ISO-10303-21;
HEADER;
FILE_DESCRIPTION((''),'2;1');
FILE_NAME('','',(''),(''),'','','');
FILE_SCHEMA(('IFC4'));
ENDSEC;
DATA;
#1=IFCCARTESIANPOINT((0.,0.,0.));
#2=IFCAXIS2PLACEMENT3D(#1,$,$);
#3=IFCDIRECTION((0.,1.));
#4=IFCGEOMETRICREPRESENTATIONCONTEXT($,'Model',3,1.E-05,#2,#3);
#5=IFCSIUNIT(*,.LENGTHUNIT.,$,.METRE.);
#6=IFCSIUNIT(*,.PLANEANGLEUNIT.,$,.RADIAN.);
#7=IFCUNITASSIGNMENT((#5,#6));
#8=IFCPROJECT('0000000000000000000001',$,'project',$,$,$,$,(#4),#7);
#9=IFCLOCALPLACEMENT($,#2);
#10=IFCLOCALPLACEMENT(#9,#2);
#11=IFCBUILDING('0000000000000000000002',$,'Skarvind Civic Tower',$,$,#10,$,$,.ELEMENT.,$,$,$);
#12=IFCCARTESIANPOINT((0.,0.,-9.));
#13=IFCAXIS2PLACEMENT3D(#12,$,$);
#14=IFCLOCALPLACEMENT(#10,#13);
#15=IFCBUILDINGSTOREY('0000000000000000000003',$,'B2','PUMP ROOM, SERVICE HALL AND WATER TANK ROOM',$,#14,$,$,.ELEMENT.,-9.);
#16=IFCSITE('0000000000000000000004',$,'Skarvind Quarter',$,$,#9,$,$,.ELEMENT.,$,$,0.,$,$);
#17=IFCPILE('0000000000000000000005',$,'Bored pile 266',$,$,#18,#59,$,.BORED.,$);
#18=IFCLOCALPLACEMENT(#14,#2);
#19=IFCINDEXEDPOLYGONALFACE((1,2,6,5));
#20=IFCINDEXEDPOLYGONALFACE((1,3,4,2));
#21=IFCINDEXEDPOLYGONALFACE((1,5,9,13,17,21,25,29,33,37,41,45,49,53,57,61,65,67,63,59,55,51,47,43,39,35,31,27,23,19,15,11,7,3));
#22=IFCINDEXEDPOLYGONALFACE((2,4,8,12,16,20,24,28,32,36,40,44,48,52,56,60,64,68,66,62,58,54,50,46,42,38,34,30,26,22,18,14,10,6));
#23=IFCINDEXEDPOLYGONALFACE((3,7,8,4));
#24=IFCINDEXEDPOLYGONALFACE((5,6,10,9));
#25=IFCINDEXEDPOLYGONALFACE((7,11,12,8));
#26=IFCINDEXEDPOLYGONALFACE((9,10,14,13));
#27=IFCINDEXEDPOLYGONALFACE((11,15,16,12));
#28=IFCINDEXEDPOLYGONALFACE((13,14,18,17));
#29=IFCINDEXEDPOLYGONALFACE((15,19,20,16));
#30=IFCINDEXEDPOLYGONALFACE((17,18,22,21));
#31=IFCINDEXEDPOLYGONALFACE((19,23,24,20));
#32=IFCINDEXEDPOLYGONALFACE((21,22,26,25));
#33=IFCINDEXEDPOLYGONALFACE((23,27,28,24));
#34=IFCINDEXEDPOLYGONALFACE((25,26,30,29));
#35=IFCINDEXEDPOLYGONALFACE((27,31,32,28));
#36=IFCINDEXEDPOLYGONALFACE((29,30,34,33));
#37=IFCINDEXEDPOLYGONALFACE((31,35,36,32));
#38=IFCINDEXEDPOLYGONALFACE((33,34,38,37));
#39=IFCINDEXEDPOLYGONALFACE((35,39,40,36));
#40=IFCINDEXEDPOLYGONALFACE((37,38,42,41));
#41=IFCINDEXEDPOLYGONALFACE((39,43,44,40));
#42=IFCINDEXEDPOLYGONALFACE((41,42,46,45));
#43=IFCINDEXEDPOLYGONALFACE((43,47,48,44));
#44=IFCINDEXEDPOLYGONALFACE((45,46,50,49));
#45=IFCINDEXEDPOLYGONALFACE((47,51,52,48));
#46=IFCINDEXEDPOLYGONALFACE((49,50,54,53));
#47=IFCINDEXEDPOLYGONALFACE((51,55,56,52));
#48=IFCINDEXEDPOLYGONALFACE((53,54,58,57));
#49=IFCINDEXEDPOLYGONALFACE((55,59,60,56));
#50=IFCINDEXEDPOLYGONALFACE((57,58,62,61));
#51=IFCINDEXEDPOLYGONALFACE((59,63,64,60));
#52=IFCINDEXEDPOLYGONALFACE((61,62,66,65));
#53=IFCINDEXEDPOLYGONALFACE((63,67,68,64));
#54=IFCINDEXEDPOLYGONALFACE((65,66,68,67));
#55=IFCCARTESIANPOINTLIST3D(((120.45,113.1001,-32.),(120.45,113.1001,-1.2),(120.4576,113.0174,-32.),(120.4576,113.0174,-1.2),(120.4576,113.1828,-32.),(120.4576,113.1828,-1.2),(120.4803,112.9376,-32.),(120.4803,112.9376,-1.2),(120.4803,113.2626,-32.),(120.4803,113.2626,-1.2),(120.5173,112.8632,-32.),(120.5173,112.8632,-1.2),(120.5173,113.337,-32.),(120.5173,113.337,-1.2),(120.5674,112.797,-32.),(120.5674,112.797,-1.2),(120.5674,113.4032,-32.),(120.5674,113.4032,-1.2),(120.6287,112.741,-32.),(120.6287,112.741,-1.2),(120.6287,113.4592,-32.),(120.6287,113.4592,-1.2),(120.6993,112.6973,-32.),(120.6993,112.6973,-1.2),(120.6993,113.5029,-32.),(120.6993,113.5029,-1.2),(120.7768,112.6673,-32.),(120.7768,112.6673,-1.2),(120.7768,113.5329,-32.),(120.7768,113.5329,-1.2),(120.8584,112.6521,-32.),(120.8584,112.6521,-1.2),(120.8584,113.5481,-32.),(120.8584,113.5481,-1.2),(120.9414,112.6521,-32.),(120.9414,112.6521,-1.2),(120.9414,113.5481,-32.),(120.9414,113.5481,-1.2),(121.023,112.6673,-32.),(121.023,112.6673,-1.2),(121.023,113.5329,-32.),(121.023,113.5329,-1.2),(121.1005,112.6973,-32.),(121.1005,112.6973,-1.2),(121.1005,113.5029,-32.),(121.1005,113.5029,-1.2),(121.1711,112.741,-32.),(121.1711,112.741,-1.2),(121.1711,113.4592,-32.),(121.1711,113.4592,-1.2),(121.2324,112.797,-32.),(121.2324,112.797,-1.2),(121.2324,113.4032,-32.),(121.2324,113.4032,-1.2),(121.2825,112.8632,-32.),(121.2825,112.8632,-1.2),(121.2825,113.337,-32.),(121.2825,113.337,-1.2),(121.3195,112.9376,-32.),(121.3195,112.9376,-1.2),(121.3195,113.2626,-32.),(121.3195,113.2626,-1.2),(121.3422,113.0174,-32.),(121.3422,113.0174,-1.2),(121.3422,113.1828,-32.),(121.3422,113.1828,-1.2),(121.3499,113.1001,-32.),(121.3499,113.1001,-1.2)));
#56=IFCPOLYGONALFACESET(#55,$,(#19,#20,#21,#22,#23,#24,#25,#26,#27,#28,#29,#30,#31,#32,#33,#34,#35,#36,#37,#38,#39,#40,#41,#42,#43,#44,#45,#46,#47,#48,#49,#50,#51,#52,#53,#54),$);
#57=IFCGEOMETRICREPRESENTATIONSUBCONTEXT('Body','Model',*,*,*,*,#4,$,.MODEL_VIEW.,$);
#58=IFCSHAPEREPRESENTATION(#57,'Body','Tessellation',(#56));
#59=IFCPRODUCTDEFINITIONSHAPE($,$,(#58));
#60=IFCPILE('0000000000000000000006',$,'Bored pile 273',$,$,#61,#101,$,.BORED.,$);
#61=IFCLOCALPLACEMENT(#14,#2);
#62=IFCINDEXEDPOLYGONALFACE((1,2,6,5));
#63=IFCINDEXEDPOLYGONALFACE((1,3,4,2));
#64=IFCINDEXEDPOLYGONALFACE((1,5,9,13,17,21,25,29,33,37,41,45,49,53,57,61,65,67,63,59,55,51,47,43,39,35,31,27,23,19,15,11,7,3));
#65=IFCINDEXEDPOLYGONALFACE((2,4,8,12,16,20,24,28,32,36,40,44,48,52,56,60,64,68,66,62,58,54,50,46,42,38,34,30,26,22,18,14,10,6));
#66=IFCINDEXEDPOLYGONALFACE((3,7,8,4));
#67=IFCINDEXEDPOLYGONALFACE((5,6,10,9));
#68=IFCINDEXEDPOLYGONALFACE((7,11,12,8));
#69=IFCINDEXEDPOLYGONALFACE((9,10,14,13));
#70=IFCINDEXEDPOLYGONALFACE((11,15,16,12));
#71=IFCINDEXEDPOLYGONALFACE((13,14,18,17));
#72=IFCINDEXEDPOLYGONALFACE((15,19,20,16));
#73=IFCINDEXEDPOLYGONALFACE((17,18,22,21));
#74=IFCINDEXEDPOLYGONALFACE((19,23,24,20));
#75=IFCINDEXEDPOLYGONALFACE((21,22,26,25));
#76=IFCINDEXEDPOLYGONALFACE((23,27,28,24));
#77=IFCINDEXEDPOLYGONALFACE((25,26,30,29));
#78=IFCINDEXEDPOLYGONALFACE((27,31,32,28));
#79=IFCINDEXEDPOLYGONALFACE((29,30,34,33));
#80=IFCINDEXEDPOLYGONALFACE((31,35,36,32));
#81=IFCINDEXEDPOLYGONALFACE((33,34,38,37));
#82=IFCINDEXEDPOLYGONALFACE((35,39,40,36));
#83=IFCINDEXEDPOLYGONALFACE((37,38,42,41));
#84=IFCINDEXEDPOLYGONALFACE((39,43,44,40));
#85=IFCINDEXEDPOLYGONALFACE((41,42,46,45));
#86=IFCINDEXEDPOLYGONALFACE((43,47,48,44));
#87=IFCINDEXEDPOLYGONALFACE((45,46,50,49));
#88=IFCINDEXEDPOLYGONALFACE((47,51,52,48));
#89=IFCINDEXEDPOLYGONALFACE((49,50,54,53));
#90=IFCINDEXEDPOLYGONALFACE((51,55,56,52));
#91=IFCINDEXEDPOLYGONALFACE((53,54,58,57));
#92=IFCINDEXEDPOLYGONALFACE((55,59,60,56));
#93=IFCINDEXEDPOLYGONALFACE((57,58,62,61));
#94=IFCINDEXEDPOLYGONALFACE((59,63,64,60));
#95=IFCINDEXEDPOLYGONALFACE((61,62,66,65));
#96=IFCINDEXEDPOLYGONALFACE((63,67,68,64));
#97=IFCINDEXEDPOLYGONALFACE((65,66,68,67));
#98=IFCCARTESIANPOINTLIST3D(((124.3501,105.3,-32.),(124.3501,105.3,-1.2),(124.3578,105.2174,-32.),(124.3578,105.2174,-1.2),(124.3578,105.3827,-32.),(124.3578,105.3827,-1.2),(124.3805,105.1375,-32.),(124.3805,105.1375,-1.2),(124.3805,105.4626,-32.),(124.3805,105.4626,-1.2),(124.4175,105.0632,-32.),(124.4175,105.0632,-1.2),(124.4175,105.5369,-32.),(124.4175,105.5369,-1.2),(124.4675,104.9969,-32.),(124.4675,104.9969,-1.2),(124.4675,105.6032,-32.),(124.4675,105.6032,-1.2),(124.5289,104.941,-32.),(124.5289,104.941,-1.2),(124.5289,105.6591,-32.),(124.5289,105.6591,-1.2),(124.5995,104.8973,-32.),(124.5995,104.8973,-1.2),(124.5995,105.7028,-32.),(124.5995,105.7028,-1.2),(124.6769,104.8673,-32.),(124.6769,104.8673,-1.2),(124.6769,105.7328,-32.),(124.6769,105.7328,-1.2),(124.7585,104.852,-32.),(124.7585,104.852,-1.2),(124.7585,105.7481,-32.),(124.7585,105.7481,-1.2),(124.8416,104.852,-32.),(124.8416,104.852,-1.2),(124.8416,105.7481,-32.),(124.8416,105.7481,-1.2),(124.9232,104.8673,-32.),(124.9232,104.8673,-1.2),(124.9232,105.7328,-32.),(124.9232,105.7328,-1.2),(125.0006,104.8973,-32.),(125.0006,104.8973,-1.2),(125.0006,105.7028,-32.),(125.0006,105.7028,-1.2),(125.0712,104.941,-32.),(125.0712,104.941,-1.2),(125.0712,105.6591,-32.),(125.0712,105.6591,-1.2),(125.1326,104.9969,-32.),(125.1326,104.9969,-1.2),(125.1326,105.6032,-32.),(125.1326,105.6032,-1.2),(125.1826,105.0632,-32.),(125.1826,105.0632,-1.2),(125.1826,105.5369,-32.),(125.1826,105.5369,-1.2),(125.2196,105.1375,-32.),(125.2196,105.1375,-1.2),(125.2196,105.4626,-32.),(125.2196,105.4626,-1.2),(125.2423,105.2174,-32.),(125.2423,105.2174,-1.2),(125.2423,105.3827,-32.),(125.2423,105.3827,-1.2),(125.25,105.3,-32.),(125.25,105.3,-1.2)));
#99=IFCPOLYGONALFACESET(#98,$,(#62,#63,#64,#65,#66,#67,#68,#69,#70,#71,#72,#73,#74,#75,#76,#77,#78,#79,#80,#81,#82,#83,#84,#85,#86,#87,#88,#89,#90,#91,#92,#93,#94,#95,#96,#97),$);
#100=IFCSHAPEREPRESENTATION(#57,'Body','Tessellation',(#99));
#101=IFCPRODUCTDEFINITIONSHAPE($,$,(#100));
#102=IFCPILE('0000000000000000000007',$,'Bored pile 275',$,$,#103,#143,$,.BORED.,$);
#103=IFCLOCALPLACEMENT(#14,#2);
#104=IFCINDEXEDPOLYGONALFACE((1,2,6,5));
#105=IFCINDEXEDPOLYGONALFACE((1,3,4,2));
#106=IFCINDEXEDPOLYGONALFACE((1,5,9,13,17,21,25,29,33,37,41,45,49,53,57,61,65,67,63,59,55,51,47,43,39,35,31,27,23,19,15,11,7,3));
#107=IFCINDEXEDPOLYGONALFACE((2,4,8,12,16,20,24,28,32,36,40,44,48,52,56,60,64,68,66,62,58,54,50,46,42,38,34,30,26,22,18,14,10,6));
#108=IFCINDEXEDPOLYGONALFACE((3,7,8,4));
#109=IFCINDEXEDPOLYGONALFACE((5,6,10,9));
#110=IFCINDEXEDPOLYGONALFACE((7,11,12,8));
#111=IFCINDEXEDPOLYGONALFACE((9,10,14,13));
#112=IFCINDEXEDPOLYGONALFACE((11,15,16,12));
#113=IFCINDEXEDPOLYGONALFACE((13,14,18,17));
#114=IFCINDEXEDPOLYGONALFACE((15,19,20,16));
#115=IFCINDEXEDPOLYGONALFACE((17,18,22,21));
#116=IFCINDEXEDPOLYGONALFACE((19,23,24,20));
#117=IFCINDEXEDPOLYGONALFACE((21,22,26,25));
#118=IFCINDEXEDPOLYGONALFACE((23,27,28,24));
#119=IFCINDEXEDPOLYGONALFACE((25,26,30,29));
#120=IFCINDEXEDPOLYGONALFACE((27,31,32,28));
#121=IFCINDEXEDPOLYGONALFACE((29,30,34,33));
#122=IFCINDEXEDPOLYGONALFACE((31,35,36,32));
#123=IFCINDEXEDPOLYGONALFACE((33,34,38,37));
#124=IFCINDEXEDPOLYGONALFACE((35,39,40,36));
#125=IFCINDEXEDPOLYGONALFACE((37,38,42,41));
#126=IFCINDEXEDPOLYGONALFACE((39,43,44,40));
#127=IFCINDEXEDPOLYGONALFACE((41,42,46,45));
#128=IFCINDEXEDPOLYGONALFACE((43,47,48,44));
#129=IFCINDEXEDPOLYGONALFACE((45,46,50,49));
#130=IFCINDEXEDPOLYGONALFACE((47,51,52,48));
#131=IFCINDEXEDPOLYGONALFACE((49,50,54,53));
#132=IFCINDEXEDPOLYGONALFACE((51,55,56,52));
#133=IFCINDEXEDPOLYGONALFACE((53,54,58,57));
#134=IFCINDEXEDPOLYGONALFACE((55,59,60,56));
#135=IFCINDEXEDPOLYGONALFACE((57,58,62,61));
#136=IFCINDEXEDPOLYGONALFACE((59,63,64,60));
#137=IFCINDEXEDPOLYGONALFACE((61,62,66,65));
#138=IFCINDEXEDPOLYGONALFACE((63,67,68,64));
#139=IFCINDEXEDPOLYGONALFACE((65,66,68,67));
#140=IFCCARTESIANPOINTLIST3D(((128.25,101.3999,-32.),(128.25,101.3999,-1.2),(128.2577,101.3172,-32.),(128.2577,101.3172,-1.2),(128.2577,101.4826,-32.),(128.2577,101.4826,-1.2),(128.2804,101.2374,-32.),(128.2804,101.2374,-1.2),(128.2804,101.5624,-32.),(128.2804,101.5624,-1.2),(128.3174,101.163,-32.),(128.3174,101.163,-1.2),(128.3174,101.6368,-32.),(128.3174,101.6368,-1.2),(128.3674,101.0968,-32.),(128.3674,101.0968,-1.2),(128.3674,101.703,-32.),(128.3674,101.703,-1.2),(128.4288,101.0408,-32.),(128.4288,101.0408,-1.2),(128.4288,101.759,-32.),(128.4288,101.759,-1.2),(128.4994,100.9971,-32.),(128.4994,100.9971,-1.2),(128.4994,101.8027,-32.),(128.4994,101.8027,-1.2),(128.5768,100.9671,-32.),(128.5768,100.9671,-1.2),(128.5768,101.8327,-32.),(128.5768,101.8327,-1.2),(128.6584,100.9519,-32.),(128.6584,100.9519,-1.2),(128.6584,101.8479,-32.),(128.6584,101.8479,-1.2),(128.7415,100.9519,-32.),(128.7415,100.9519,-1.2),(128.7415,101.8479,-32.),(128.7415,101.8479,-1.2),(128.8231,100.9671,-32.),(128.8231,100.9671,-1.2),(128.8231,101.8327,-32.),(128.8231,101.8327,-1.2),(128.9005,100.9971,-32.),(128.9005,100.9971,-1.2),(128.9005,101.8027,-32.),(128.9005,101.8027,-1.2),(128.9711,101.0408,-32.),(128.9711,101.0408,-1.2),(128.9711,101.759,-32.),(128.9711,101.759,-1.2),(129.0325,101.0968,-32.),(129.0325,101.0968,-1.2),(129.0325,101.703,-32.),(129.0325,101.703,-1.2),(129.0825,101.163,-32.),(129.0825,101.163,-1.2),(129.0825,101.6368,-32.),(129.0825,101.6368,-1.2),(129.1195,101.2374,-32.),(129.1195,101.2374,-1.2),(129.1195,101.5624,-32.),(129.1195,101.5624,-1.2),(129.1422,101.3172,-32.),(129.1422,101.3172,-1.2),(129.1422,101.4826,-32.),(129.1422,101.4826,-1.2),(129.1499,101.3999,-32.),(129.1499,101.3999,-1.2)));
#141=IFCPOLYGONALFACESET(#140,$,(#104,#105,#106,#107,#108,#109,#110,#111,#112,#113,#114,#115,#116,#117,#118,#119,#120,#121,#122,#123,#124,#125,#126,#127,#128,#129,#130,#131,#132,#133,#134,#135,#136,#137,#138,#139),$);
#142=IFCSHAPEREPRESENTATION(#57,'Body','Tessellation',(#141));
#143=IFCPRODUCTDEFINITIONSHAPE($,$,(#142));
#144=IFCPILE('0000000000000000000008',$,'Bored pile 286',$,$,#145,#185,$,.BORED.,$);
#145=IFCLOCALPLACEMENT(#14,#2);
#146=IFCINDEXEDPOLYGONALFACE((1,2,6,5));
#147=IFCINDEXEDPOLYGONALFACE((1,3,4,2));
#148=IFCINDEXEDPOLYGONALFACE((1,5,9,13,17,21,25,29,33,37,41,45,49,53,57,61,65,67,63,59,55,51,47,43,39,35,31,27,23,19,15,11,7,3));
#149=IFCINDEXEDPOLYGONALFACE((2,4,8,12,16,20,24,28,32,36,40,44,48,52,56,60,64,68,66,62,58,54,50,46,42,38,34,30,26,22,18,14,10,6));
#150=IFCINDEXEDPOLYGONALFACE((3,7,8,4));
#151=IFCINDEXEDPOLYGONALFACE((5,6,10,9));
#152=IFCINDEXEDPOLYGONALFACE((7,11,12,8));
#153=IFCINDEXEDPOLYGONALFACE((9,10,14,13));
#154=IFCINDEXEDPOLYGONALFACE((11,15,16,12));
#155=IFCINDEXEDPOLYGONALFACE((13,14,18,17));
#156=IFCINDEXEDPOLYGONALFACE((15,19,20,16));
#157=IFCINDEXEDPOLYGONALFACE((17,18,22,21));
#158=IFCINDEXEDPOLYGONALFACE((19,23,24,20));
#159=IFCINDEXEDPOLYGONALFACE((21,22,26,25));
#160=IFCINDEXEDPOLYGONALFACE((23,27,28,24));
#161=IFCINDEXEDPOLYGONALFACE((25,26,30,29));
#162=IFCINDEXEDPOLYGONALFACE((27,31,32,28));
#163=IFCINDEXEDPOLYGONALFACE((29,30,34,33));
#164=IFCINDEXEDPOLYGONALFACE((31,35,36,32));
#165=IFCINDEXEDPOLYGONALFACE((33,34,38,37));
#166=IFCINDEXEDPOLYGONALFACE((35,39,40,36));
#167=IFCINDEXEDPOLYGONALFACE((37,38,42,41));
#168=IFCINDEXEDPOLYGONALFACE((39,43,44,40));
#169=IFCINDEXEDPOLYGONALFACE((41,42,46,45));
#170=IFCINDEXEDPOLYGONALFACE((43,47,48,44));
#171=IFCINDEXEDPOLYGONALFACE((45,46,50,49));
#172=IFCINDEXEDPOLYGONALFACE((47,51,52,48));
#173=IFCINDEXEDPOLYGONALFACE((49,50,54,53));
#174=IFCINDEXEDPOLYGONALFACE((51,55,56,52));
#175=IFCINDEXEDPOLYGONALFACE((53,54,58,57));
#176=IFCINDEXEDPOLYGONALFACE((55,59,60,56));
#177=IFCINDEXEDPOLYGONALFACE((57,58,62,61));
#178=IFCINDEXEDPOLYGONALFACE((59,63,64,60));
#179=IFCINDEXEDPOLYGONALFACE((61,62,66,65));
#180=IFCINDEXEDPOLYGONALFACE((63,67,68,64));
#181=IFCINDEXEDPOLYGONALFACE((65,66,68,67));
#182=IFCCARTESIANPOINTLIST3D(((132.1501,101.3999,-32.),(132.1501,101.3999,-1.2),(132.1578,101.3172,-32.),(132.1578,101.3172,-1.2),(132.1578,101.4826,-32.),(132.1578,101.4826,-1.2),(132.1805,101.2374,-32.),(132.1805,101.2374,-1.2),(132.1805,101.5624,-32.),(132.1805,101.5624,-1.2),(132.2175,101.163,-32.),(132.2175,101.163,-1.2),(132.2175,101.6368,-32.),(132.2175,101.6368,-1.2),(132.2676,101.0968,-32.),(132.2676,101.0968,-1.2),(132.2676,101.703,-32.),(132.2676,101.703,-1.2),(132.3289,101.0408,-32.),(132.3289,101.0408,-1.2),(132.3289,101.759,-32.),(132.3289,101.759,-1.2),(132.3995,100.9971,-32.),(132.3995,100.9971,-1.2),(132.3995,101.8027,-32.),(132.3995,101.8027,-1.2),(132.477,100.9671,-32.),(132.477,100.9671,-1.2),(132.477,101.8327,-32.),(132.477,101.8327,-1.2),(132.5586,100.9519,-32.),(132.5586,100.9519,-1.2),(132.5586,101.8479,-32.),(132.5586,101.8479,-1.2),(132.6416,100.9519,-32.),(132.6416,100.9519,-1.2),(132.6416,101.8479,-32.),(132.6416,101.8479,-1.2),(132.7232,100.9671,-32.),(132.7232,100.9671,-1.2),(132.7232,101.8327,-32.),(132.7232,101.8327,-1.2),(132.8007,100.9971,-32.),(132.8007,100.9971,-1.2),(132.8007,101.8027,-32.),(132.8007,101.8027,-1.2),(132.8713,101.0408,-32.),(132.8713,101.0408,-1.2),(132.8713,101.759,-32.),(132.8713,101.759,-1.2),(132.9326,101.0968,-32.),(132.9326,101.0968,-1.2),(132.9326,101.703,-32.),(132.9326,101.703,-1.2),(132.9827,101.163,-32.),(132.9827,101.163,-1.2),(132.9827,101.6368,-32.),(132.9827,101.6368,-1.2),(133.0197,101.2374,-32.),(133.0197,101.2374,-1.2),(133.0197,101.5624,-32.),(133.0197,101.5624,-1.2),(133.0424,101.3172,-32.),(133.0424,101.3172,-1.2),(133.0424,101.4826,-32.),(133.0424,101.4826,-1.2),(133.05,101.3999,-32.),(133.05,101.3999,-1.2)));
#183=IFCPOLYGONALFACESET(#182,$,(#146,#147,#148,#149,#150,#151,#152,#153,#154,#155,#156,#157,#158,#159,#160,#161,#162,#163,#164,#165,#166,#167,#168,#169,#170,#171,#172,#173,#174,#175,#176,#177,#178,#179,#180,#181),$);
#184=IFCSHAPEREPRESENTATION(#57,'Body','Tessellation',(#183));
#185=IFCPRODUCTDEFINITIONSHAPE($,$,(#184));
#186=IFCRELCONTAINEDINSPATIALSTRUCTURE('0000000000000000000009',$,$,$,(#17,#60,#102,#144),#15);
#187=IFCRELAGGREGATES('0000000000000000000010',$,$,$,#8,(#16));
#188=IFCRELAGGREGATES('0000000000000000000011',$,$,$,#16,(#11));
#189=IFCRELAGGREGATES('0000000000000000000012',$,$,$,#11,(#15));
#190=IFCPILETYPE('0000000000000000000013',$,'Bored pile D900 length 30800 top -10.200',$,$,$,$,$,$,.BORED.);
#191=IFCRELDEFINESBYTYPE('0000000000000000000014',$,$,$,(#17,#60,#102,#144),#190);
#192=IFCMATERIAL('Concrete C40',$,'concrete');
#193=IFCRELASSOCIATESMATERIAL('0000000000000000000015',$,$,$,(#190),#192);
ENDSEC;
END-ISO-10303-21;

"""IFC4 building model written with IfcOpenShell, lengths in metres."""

from ifc_helpers import new_model, si_unit, direction, frame, origin, origin_2d, place, context, subcontext, project, spatial, circle, extrude, material, type_object, element, save


model = new_model("IFC4")

# Units and contexts
model_context = context("Model", 3, precision=1e-05, world=origin(), true_north=direction((0.0, 1.0)))
body_context = subcontext(model_context, "Body", "Model", "MODEL_VIEW")
ifc_project = project(units=[si_unit("LENGTHUNIT", "METRE"), si_unit("PLANEANGLEUNIT", "RADIAN")], contexts=[model_context])

# Site, building, storey
site_placement = place(None, origin())
site = spatial("IfcSite", under=ifc_project, at=site_placement, Name="Skarvind Quarter", CompositionType="ELEMENT", RefElevation=0.0)
building_placement = place(site_placement, origin())
building = spatial("IfcBuilding", under=site, at=building_placement, Name="Skarvind Civic Tower", CompositionType="ELEMENT")
storey_placement = place(building_placement, frame((0.0, 0.0, -9.0)))
storey = spatial("IfcBuildingStorey", under=building, at=storey_placement, Name="B2", Description="PUMP ROOM, SERVICE HALL AND WATER TANK ROOM", CompositionType="ELEMENT", Elevation=-9.0)

# Piles
ifc_material_1 = material(Name="Concrete C40", Category="concrete")
pile_type_1 = type_object("IfcPileType", Name="Bored pile D900 length 30800 top -10.200", PredefinedType="BORED", material=ifc_material_1)
for number, where, z_axis, x_axis, name in (
    (1, (120.8999, 113.1001, -1.2), (0.0, 0.0, -1.0), (1.0, 0.0, 0.0), "Bored pile 266"),
    (2, (124.8, 105.3, -1.2), (0.0, 0.0, -1.0), (1.0, 0.0, 0.0), "Bored pile 273"),
    (3, (128.7, 101.3999, -1.2), (0.0, 0.0, -1.0), (1.0, 0.0, 0.0), "Bored pile 275"),
    (4, (132.6001, 101.3999, -1.2), (0.0, 0.0, -1.0), (1.0, 0.0, 0.0), "Bored pile 286"),
):
    element("IfcPile", number, at=place(storey_placement, frame(where, z_axis=z_axis, x_axis=x_axis)), inside=storey, type_object=pile_type_1, Name=name, PredefinedType="BORED", context=body_context, shape_type="SweptSolid", body=[
        extrude(circle(Radius=0.45, at=origin_2d()), origin(), (0.0, 0.0, 1.0), 30.8),
    ])

save(model, "model.ifc")
